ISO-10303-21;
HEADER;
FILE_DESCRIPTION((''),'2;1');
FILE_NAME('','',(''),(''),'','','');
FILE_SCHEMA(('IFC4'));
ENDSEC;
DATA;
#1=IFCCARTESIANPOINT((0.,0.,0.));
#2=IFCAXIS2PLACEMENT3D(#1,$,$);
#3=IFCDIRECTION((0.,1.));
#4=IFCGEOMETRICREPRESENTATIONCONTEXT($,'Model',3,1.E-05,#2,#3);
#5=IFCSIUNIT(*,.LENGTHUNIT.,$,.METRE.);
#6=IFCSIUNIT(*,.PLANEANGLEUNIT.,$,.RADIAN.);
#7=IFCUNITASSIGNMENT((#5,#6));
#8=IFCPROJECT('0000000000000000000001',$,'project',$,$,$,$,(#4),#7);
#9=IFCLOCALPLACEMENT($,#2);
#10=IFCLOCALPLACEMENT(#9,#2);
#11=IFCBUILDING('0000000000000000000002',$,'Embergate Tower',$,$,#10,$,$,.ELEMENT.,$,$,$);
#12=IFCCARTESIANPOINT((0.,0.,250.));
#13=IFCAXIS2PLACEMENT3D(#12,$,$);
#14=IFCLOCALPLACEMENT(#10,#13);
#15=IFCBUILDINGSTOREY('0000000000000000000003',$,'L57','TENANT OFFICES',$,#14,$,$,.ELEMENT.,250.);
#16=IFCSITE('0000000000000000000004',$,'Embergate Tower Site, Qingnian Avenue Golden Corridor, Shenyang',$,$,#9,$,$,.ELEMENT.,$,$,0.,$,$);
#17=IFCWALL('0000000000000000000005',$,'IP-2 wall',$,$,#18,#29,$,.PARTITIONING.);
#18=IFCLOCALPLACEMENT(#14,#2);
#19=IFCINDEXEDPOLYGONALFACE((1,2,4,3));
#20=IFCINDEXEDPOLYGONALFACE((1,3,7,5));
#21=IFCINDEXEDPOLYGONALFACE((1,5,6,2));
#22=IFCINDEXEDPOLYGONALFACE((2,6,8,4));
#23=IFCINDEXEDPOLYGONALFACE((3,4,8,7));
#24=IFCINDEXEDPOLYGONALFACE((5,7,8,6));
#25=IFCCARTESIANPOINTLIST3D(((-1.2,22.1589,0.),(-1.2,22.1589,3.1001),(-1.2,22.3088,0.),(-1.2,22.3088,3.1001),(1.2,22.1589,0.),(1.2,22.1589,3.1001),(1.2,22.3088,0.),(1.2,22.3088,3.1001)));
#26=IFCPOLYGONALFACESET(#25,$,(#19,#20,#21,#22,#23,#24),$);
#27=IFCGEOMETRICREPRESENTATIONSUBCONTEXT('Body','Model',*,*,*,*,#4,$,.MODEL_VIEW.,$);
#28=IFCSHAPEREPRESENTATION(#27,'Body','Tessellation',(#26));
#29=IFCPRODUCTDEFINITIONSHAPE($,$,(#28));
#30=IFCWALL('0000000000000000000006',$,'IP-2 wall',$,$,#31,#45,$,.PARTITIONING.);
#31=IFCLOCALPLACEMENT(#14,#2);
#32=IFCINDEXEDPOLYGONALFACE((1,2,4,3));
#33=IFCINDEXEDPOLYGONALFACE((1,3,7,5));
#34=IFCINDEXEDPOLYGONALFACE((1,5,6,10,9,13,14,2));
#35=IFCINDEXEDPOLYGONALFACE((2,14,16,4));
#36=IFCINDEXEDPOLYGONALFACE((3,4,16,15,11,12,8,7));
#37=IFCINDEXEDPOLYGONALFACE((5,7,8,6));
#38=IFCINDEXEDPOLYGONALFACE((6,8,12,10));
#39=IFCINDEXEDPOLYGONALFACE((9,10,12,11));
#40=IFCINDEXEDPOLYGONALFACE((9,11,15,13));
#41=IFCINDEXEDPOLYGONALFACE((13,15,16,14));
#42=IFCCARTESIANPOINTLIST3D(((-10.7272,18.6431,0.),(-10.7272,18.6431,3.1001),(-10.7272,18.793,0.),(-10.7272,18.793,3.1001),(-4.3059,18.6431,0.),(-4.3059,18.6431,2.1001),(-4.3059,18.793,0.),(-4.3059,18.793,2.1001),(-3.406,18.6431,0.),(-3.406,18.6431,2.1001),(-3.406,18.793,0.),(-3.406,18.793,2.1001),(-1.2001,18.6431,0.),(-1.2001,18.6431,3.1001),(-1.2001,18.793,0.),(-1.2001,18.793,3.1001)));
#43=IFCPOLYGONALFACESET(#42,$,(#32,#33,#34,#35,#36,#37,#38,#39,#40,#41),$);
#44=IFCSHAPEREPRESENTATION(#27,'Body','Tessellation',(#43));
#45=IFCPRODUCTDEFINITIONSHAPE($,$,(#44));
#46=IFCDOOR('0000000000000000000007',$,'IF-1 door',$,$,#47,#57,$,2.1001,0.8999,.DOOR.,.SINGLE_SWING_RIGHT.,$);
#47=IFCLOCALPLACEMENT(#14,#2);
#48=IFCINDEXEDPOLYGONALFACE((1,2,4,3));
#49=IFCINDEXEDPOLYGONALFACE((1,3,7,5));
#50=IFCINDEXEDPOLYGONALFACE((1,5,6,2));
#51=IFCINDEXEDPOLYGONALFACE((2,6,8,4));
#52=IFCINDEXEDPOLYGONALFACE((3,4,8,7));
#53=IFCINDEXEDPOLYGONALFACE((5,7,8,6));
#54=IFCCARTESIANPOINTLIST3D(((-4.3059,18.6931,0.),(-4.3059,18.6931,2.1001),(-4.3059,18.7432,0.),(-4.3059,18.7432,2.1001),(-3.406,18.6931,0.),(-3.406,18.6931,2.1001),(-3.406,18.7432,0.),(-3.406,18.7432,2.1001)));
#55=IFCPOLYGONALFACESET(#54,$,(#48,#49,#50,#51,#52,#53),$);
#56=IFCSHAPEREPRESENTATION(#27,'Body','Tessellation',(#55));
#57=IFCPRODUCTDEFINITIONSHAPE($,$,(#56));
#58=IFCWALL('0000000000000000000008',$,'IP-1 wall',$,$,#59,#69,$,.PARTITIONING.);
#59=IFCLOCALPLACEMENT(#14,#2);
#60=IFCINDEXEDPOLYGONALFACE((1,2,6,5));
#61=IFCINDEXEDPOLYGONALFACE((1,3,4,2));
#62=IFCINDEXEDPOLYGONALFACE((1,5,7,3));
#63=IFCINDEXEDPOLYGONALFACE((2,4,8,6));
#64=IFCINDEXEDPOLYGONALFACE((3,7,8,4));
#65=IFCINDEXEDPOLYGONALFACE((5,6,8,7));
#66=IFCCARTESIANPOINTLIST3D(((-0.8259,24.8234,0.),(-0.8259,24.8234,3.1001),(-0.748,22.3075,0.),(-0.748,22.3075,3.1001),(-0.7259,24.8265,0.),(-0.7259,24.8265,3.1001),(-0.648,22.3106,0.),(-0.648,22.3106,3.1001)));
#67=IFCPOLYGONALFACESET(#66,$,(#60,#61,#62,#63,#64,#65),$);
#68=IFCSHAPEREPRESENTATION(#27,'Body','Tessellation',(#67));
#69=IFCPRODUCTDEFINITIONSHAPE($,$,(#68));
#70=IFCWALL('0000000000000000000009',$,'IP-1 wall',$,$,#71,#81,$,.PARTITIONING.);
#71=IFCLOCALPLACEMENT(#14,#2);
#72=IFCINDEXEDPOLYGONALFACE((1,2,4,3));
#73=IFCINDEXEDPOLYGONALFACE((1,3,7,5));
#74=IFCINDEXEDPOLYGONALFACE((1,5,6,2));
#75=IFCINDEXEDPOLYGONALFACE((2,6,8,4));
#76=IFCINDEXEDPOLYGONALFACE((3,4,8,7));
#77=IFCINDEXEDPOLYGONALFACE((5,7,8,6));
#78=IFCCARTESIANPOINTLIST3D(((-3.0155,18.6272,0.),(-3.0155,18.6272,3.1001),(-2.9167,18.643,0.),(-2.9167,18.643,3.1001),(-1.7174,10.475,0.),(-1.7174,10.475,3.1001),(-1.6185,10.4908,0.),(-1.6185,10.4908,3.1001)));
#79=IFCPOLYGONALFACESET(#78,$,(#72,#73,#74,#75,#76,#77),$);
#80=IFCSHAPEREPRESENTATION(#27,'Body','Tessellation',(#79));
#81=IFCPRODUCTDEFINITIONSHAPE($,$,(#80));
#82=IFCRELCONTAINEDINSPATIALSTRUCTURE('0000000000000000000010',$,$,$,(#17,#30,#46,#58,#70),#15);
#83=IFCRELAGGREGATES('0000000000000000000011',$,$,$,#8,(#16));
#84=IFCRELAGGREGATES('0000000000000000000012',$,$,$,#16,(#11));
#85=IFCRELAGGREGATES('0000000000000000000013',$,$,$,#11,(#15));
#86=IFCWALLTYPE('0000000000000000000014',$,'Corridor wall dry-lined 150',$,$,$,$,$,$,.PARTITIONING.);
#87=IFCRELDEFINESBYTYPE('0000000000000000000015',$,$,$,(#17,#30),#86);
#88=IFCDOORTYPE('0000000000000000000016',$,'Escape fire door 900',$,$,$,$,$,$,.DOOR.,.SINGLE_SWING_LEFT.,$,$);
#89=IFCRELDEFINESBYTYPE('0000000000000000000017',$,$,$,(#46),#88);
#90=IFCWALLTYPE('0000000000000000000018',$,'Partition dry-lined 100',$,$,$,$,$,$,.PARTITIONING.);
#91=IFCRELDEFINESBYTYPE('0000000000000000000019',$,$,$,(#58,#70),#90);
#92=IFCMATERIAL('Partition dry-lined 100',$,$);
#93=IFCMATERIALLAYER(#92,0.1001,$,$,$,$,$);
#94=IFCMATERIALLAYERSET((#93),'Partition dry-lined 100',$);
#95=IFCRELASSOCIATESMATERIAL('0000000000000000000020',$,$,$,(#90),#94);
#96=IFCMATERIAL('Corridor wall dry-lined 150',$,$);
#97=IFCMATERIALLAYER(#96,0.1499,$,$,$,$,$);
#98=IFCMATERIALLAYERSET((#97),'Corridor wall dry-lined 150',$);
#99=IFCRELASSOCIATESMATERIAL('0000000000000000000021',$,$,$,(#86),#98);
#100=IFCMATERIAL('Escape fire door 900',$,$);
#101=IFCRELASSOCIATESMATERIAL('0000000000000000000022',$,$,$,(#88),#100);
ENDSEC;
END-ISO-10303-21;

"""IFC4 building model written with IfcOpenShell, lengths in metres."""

from ifc_helpers import new_model, si_unit, direction, frame, frame_2d, origin, place, context, subcontext, project, spatial, rectangle, extrude, source, transform, mapped, material, layer, layer_set, type_object, element, fill, save


model = new_model("IFC4")

# Units and contexts
model_context = context("Model", 3, precision=1e-05, world=origin(), true_north=direction((0.0, 1.0)))
body_context = subcontext(model_context, "Body", "Model", "MODEL_VIEW")
ifc_project = project(units=[si_unit("LENGTHUNIT", "METRE"), si_unit("PLANEANGLEUNIT", "RADIAN")], contexts=[model_context])

# Site, building, storey
site_placement = place(None, origin())
site = spatial("IfcSite", under=ifc_project, at=site_placement, Name="Embergate Tower Site, Qingnian Avenue Golden Corridor, Shenyang", CompositionType="ELEMENT", RefElevation=0.0)
building_placement = place(site_placement, origin())
building = spatial("IfcBuilding", under=site, at=building_placement, Name="Embergate Tower", CompositionType="ELEMENT")
storey_placement = place(building_placement, frame((0.0, 0.0, 250.0)))
storey = spatial("IfcBuildingStorey", under=building, at=storey_placement, Name="L57", Description="TENANT OFFICES", CompositionType="ELEMENT", Elevation=250.0)

# Shared definitions
ifc_material_1 = material(Name="Partition dry-lined 100")
ifc_layer_1 = layer(ifc_material_1, 0.1001)
ifc_layer_set_1 = layer_set([ifc_layer_1], Name="Partition dry-lined 100")
wall_type_1 = type_object("IfcWallType", Name="Partition dry-lined 100", PredefinedType="PARTITIONING", material=ifc_layer_set_1)

# Shared definitions
ifc_material_2 = material(Name="Corridor wall dry-lined 150")
ifc_layer_2 = layer(ifc_material_2, 0.1499)
ifc_layer_set_2 = layer_set([ifc_layer_2], Name="Corridor wall dry-lined 150")
wall_type_2 = type_object("IfcWallType", Name="Corridor wall dry-lined 150", PredefinedType="PARTITIONING", material=ifc_layer_set_2)
shared_shape_1 = source(origin(), body_context, "Body", "SweptSolid", [
    extrude(rectangle(XDim=0.8999, YDim=2.1001, at=frame_2d((0.45, 1.05))), frame((0.0, 0.085, 0.0), z_axis=(0.0, -1.0, 0.0), x_axis=(1.0, 0.0, 0.0)), (0.0, 0.0, 1.0), 0.1699),
])
ifc_material_3 = material(Name="Escape fire door 900")
door_type_1 = type_object("IfcDoorType", Name="Escape fire door 900", OperationType="SINGLE_SWING_LEFT", PredefinedType="DOOR", material=ifc_material_3)
shared_shape_2 = source(origin(), body_context, "Body", "SweptSolid", [
    extrude(rectangle(XDim=0.8999, YDim=2.1001, at=frame_2d((0.45, 1.05))), frame((0.0, 0.0249, 0.0), z_axis=(0.0, -1.0, 0.0), x_axis=(1.0, 0.0, 0.0)), (0.0, 0.0, 1.0), 0.05),
])

# Wall
shared_shape_3 = source(origin(), body_context, "Body", "SweptSolid", [
    extrude(rectangle(XDim=2.3999, YDim=0.1499, at=frame_2d((1.2, 0.0))), origin(), (0.0, 0.0, 1.0), 3.1001),
])
wall_1_placement = place(storey_placement, frame((-1.2, 22.2339, 0.0), z_axis=(0.0, 0.0, 1.0), x_axis=(1.0, 0.0, 0.0)))
element("IfcWall", 1, at=wall_1_placement, inside=storey, type_object=wall_type_2, Name="IP-2 wall", PredefinedType="PARTITIONING", context=body_context, shape_type="MappedRepresentation", body=[
    mapped(shared_shape_3, transform((0.0, 0.0, 0.0))),
])

# Wall, opening, door
shared_shape_4 = source(origin(), body_context, "Body", "SweptSolid", [
    extrude(rectangle(XDim=9.5271, YDim=0.1499, at=frame_2d((4.7637, 0.0))), origin(), (0.0, 0.0, 1.0), 3.1001),
])
wall_2_placement = place(storey_placement, frame((-1.2, 18.718, 0.0), z_axis=(0.0, 0.0, 1.0), x_axis=(-1.0, 0.0, 0.0)))
wall_2 = element("IfcWall", 2, at=wall_2_placement, inside=storey, type_object=wall_type_2, Name="IP-2 wall", PredefinedType="PARTITIONING", context=body_context, shape_type="MappedRepresentation", body=[
    mapped(shared_shape_4, transform((0.0, 0.0, 0.0))),
])
opening_1_placement = place(wall_2_placement, frame((2.2061, 0.0, 0.0)))
opening_1 = element("IfcOpeningElement", 3, at=opening_1_placement, cuts=wall_2, PredefinedType="OPENING", context=body_context, shape_type="MappedRepresentation", body=[
    mapped(shared_shape_1, transform((0.0, 0.0, 0.0))),
])
door_1_placement = place(opening_1_placement, origin())
door_1 = element("IfcDoor", 4, at=door_1_placement, inside=storey, type_object=door_type_1, Name="IF-1 door", OperationType="SINGLE_SWING_RIGHT", OverallHeight=2.1001, OverallWidth=0.8999, PredefinedType="DOOR", context=body_context, shape_type="MappedRepresentation", body=[
    mapped(shared_shape_2, transform((0.0, 0.0, 0.0))),
])
fill(opening_1, door_1)

# Walls
shared_shape_5 = source(origin(), body_context, "Body", "SweptSolid", [
    extrude(rectangle(XDim=2.5171, YDim=0.1001, at=frame_2d((1.2585, 0.0))), origin(), (0.0, 0.0, 1.0), 3.1001),
])
wall_3_placement = place(storey_placement, frame((-0.698, 22.3091, 0.0), z_axis=(0.0, 0.0, 1.0), x_axis=(-0.030941, 0.999521, 0.0)))
element("IfcWall", 5, at=wall_3_placement, inside=storey, type_object=wall_type_1, Name="IP-1 wall", PredefinedType="PARTITIONING", context=body_context, shape_type="MappedRepresentation", body=[
    mapped(shared_shape_5, transform((0.0, 0.0, 0.0))),
])
shared_shape_6 = source(origin(), body_context, "Body", "SweptSolid", [
    extrude(rectangle(XDim=8.2549, YDim=0.1001, at=frame_2d((4.1274, 0.0))), origin(), (0.0, 0.0, 1.0), 3.1001),
])
wall_4_placement = place(storey_placement, frame((-1.668, 10.4829, 0.0), z_axis=(0.0, 0.0, 1.0), x_axis=(-0.157253, 0.987558, 0.0)))
element("IfcWall", 6, at=wall_4_placement, inside=storey, type_object=wall_type_1, Name="IP-1 wall", PredefinedType="PARTITIONING", context=body_context, shape_type="MappedRepresentation", body=[
    mapped(shared_shape_6, transform((0.0, 0.0, 0.0))),
])

save(model, "model.ifc")
